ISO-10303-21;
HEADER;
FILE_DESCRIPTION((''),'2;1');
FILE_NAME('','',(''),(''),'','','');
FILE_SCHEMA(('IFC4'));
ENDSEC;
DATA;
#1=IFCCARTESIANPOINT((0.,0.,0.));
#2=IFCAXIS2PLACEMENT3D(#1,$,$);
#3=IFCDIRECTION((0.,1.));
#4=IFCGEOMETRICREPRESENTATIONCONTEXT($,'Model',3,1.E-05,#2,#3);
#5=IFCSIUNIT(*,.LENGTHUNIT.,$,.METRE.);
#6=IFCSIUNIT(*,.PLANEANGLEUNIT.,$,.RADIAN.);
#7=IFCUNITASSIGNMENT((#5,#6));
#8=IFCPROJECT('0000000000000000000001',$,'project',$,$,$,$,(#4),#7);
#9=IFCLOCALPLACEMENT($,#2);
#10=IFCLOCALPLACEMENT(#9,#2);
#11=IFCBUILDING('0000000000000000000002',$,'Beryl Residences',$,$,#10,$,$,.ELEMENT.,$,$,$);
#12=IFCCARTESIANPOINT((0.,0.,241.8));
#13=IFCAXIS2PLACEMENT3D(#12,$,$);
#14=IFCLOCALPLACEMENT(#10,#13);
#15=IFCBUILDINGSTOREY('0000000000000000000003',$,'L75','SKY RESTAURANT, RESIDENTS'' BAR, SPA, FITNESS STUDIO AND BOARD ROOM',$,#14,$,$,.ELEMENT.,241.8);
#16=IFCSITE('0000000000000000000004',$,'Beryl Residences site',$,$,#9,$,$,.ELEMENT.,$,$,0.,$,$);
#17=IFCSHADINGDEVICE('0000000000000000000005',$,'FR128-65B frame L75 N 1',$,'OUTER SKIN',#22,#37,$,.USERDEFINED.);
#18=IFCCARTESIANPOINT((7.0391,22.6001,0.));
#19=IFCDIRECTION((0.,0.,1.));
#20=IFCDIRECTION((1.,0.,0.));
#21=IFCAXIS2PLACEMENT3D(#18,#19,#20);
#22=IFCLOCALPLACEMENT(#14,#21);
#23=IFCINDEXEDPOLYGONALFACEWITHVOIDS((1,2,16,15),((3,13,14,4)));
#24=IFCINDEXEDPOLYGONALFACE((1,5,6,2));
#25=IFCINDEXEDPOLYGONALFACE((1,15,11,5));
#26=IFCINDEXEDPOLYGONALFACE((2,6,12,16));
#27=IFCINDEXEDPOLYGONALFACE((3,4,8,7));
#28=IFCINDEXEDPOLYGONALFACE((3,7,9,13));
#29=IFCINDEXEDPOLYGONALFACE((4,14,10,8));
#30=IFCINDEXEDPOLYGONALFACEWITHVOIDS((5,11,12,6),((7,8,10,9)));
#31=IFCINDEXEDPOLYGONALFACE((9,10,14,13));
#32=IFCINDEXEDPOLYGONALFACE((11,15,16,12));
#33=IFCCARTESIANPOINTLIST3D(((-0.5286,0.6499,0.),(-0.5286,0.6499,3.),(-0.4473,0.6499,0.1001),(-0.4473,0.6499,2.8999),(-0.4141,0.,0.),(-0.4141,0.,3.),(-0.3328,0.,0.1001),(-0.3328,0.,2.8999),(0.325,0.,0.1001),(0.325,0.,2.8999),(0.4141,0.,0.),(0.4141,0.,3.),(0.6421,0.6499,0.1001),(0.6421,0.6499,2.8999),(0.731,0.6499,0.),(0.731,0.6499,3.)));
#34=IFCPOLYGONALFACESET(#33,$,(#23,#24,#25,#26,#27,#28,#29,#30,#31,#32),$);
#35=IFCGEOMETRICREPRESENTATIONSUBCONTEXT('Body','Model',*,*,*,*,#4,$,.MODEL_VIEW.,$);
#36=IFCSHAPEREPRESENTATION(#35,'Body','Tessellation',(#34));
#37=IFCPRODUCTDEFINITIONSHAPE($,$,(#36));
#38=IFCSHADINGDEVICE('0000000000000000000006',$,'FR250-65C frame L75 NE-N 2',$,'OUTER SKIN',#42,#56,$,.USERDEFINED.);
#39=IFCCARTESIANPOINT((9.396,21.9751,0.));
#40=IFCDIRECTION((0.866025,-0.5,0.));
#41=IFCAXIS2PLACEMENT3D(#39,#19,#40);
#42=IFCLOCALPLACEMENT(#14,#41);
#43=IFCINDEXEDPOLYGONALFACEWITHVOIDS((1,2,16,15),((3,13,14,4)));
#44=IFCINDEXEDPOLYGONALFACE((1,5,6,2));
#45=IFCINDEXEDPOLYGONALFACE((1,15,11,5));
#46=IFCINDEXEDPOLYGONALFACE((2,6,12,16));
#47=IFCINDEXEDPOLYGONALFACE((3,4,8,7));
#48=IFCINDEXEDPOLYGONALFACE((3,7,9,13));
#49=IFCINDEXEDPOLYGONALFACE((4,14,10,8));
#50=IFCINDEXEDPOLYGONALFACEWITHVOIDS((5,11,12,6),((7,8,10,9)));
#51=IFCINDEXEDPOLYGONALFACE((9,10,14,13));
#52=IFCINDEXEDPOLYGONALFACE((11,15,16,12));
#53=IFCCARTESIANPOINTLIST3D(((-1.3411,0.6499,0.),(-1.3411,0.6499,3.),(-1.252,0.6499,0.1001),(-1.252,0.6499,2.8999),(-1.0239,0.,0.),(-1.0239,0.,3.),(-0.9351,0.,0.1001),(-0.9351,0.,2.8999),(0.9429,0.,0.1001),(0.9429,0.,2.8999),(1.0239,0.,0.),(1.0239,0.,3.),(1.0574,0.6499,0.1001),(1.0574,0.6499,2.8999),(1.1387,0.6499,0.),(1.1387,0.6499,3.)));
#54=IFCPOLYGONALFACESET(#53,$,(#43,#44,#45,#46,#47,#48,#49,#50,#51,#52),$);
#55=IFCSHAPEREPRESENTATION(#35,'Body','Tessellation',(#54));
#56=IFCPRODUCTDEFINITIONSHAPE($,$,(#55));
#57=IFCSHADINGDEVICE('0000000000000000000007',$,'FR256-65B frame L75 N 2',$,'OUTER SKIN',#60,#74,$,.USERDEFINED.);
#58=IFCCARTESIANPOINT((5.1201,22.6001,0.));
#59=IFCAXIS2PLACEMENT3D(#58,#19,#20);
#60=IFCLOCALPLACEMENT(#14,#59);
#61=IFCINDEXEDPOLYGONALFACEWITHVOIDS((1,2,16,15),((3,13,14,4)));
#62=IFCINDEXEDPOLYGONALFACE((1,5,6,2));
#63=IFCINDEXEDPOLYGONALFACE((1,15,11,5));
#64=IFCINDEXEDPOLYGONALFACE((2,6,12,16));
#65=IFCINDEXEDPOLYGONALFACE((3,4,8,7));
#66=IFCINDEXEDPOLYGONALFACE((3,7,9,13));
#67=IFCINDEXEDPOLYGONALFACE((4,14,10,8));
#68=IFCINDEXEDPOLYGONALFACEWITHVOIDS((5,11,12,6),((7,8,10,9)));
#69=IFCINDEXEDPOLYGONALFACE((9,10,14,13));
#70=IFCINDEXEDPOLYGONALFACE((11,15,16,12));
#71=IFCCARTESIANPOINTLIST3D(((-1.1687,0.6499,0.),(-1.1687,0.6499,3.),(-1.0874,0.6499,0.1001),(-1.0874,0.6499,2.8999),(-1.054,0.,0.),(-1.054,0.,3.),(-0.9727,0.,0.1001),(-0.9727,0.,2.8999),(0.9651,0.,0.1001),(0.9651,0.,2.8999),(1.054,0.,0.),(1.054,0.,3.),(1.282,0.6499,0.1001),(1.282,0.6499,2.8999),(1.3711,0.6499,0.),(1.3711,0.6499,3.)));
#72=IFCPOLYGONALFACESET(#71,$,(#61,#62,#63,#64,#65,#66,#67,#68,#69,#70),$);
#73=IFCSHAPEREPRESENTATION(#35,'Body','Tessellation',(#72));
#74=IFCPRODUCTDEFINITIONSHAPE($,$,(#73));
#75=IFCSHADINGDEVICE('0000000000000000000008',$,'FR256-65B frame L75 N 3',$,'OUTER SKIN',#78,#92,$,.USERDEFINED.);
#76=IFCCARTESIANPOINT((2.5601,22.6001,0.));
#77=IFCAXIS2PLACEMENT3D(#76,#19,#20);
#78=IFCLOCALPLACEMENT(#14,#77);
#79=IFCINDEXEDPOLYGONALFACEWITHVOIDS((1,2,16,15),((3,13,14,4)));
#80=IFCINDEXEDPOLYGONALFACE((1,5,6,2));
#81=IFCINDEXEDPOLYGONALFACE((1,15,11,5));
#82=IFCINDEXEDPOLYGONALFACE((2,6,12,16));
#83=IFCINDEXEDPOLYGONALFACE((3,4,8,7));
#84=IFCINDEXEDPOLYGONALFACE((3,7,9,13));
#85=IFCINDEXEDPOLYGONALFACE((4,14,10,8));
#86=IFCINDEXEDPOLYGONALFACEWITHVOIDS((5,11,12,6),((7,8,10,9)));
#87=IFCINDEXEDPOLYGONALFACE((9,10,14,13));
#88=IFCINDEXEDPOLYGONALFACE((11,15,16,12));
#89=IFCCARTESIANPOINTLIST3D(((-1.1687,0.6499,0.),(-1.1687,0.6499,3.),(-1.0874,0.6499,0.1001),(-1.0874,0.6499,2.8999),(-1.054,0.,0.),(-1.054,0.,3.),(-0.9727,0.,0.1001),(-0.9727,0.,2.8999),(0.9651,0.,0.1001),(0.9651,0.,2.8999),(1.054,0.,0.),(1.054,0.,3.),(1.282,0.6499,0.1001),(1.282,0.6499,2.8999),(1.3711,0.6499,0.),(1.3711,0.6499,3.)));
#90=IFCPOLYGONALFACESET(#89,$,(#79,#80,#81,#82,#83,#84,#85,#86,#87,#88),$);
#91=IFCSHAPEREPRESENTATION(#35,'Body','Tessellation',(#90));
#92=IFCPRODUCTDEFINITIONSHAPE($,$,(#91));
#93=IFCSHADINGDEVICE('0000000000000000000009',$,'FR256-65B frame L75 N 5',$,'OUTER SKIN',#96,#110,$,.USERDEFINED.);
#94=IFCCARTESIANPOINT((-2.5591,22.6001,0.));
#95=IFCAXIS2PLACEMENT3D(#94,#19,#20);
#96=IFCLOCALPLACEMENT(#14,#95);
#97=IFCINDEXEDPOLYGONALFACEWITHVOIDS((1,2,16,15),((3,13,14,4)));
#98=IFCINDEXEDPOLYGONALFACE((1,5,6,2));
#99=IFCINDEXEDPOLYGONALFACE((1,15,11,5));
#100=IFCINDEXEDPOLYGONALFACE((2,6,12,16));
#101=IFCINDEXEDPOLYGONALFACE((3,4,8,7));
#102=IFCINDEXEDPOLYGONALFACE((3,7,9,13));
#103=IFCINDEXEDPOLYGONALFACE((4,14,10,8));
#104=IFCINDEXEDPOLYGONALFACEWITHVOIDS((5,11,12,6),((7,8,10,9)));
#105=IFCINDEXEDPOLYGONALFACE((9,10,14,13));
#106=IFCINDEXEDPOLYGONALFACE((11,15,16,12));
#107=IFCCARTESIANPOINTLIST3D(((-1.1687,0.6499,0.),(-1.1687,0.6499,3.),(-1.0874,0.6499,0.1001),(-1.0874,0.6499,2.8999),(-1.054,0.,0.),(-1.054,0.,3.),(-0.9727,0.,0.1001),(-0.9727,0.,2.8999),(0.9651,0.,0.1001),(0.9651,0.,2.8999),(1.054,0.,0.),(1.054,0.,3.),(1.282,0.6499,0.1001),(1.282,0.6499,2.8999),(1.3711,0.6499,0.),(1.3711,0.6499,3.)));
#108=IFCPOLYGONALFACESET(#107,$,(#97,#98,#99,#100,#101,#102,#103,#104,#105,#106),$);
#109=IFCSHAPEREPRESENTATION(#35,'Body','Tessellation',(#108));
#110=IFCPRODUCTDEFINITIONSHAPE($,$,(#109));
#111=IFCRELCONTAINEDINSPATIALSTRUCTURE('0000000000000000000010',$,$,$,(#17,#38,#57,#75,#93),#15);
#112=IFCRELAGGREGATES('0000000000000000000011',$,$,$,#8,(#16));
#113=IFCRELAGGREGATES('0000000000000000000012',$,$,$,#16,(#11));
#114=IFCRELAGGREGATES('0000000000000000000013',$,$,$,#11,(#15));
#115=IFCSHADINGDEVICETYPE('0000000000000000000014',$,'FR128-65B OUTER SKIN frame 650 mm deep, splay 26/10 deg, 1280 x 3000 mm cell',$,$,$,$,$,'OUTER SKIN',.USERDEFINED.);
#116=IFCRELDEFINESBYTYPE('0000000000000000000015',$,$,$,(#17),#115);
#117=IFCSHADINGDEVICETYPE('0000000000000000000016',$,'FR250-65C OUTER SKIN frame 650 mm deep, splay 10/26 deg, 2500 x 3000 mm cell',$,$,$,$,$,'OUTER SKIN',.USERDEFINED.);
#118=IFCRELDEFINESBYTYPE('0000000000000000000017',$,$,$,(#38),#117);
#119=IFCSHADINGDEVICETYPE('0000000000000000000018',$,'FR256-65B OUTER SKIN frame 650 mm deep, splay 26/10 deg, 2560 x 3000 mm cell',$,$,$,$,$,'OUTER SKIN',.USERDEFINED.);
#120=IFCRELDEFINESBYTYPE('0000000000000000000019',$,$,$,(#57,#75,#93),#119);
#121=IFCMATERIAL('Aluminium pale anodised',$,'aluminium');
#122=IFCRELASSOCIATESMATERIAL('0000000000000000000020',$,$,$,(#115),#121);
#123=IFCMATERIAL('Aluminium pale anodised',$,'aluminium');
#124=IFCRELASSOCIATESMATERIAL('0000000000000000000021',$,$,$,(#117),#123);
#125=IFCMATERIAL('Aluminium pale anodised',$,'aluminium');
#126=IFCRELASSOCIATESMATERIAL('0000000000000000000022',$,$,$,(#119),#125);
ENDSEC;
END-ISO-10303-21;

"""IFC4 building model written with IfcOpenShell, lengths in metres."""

from ifc_helpers import new_model, entity, si_unit, direction, frame, origin, place, context, subcontext, project, spatial, source, transform, mapped, material, type_object, type_shapes, element, save


model = new_model("IFC4")

# Units and contexts
model_context = context("Model", 3, precision=1e-05, world=origin(), true_north=direction((0.0, 1.0)))
body_context = subcontext(model_context, "Body", "Model", "MODEL_VIEW")
ifc_project = project(units=[si_unit("LENGTHUNIT", "METRE"), si_unit("PLANEANGLEUNIT", "RADIAN")], contexts=[model_context])

# Site, building, storey
site_placement = place(None, origin())
site = spatial("IfcSite", under=ifc_project, at=site_placement, Name="Beryl Residences site", CompositionType="ELEMENT", RefElevation=0.0)
building_placement = place(site_placement, origin())
building = spatial("IfcBuilding", under=site, at=building_placement, Name="Beryl Residences", CompositionType="ELEMENT")
storey_placement = place(building_placement, frame((0.0, 0.0, 241.8)))
storey = spatial("IfcBuildingStorey", under=building, at=storey_placement, Name="L75", Description="SKY RESTAURANT, RESIDENTS' BAR, SPA, FITNESS STUDIO AND BOARD ROOM", CompositionType="ELEMENT", Elevation=241.8)

# Shading devices
ifc_material_1 = material(Name="Aluminium pale anodised", Category="aluminium")
shading_device_type_1 = type_object("IfcShadingDeviceType", Name="FR128-65B OUTER SKIN frame 650 mm deep, splay 26/10 deg, 1280 x 3000 mm cell", ElementType="OUTER SKIN", PredefinedType="USERDEFINED", material=ifc_material_1)
cartesian_point_1 = entity("IfcCartesianPoint", [-0.4141, 0.0])
cartesian_point_2 = entity("IfcCartesianPoint", [-0.325, 0.1001])
cartesian_point_3 = entity("IfcCartesianPoint", [-0.731, 0.0])
cartesian_point_4 = entity("IfcCartesianPoint", [-0.6421, 0.1001])
shared_shape_1 = source(origin(), body_context, "Body", "SweptSolid", [
    entity("IfcExtrudedAreaSolidTapered", entity("IfcArbitraryProfileDefWithVoids", "AREA", None, entity("IfcPolyline", [cartesian_point_1, entity("IfcCartesianPoint", [0.4141, 0.0]), entity("IfcCartesianPoint", [0.4141, 3.0]), entity("IfcCartesianPoint", [-0.4141, 3.0]), cartesian_point_1]), [entity("IfcPolyline", [cartesian_point_2, entity("IfcCartesianPoint", [0.3328, 0.1001]), entity("IfcCartesianPoint", [0.3328, 2.8999]), entity("IfcCartesianPoint", [-0.325, 2.8999]), cartesian_point_2])]), entity("IfcAxis2Placement3D", entity("IfcCartesianPoint", [0.0, 0.0, 0.0]), entity("IfcDirection", [0.0, 1.0, 0.0]), entity("IfcDirection", [-1.0, 0.0, 0.0])), entity("IfcDirection", [0.0, 0.0, 1.0]), 0.6499, entity("IfcArbitraryProfileDefWithVoids", "AREA", None, entity("IfcPolyline", [cartesian_point_3, entity("IfcCartesianPoint", [0.5286, 0.0]), entity("IfcCartesianPoint", [0.5286, 3.0]), entity("IfcCartesianPoint", [-0.731, 3.0]), cartesian_point_3]), [entity("IfcPolyline", [cartesian_point_4, entity("IfcCartesianPoint", [0.4473, 0.1001]), entity("IfcCartesianPoint", [0.4473, 2.8999]), entity("IfcCartesianPoint", [-0.6421, 2.8999]), cartesian_point_4])])),
])
type_shapes(shading_device_type_1, [shared_shape_1])
shading_device_1_placement = place(storey_placement, frame((7.0391, 22.6001, 0.0), z_axis=(0.0, 0.0, 1.0), x_axis=(1.0, 0.0, 0.0)))
element("IfcShadingDevice", 1, at=shading_device_1_placement, inside=storey, type_object=shading_device_type_1, Name="FR128-65B frame L75 N 1", ObjectType="OUTER SKIN", PredefinedType="USERDEFINED", context=body_context, shape_type="MappedRepresentation", body=[
    mapped(shared_shape_1, transform((0.0, 0.0, 0.0))),
])
ifc_material_2 = material(Name="Aluminium pale anodised", Category="aluminium")
shading_device_type_2 = type_object("IfcShadingDeviceType", Name="FR250-65C OUTER SKIN frame 650 mm deep, splay 10/26 deg, 2500 x 3000 mm cell", ElementType="OUTER SKIN", PredefinedType="USERDEFINED", material=ifc_material_2)
cartesian_point_5 = entity("IfcCartesianPoint", [-1.0239, 0.0])
cartesian_point_6 = entity("IfcCartesianPoint", [-0.9429, 0.1001])
cartesian_point_7 = entity("IfcCartesianPoint", [-1.1387, 0.0])
cartesian_point_8 = entity("IfcCartesianPoint", [-1.0574, 0.1001])
shared_shape_2 = source(origin(), body_context, "Body", "SweptSolid", [
    entity("IfcExtrudedAreaSolidTapered", entity("IfcArbitraryProfileDefWithVoids", "AREA", None, entity("IfcPolyline", [cartesian_point_5, entity("IfcCartesianPoint", [1.0239, 0.0]), entity("IfcCartesianPoint", [1.0239, 3.0]), entity("IfcCartesianPoint", [-1.0239, 3.0]), cartesian_point_5]), [entity("IfcPolyline", [cartesian_point_6, entity("IfcCartesianPoint", [0.9351, 0.1001]), entity("IfcCartesianPoint", [0.9351, 2.8999]), entity("IfcCartesianPoint", [-0.9429, 2.8999]), cartesian_point_6])]), entity("IfcAxis2Placement3D", entity("IfcCartesianPoint", [0.0, 0.0, 0.0]), entity("IfcDirection", [0.0, 1.0, 0.0]), entity("IfcDirection", [-1.0, 0.0, 0.0])), entity("IfcDirection", [0.0, 0.0, 1.0]), 0.6499, entity("IfcArbitraryProfileDefWithVoids", "AREA", None, entity("IfcPolyline", [cartesian_point_7, entity("IfcCartesianPoint", [1.3411, 0.0]), entity("IfcCartesianPoint", [1.3411, 3.0]), entity("IfcCartesianPoint", [-1.1387, 3.0]), cartesian_point_7]), [entity("IfcPolyline", [cartesian_point_8, entity("IfcCartesianPoint", [1.252, 0.1001]), entity("IfcCartesianPoint", [1.252, 2.8999]), entity("IfcCartesianPoint", [-1.0574, 2.8999]), cartesian_point_8])])),
])
type_shapes(shading_device_type_2, [shared_shape_2])
shading_device_2_placement = place(storey_placement, frame((9.396, 21.9751, 0.0), z_axis=(0.0, 0.0, 1.0), x_axis=(0.866025, -0.5, 0.0)))
element("IfcShadingDevice", 2, at=shading_device_2_placement, inside=storey, type_object=shading_device_type_2, Name="FR250-65C frame L75 NE-N 2", ObjectType="OUTER SKIN", PredefinedType="USERDEFINED", context=body_context, shape_type="MappedRepresentation", body=[
    mapped(shared_shape_2, transform((0.0, 0.0, 0.0))),
])
ifc_material_3 = material(Name="Aluminium pale anodised", Category="aluminium")
shading_device_type_3 = type_object("IfcShadingDeviceType", Name="FR256-65B OUTER SKIN frame 650 mm deep, splay 26/10 deg, 2560 x 3000 mm cell", ElementType="OUTER SKIN", PredefinedType="USERDEFINED", material=ifc_material_3)
cartesian_point_9 = entity("IfcCartesianPoint", [-1.054, 0.0])
cartesian_point_10 = entity("IfcCartesianPoint", [-0.9651, 0.1001])
cartesian_point_11 = entity("IfcCartesianPoint", [-1.3711, 0.0])
cartesian_point_12 = entity("IfcCartesianPoint", [-1.282, 0.1001])
shared_shape_3 = source(origin(), body_context, "Body", "SweptSolid", [
    entity("IfcExtrudedAreaSolidTapered", entity("IfcArbitraryProfileDefWithVoids", "AREA", None, entity("IfcPolyline", [cartesian_point_9, entity("IfcCartesianPoint", [1.054, 0.0]), entity("IfcCartesianPoint", [1.054, 3.0]), entity("IfcCartesianPoint", [-1.054, 3.0]), cartesian_point_9]), [entity("IfcPolyline", [cartesian_point_10, entity("IfcCartesianPoint", [0.9727, 0.1001]), entity("IfcCartesianPoint", [0.9727, 2.8999]), entity("IfcCartesianPoint", [-0.9651, 2.8999]), cartesian_point_10])]), entity("IfcAxis2Placement3D", entity("IfcCartesianPoint", [0.0, 0.0, 0.0]), entity("IfcDirection", [0.0, 1.0, 0.0]), entity("IfcDirection", [-1.0, 0.0, 0.0])), entity("IfcDirection", [0.0, 0.0, 1.0]), 0.6499, entity("IfcArbitraryProfileDefWithVoids", "AREA", None, entity("IfcPolyline", [cartesian_point_11, entity("IfcCartesianPoint", [1.1687, 0.0]), entity("IfcCartesianPoint", [1.1687, 3.0]), entity("IfcCartesianPoint", [-1.3711, 3.0]), cartesian_point_11]), [entity("IfcPolyline", [cartesian_point_12, entity("IfcCartesianPoint", [1.0874, 0.1001]), entity("IfcCartesianPoint", [1.0874, 2.8999]), entity("IfcCartesianPoint", [-1.282, 2.8999]), cartesian_point_12])])),
])
type_shapes(shading_device_type_3, [shared_shape_3])
for number, where, z_axis, x_axis, name in (
    (3, (5.1201, 22.6001, 0.0), (0.0, 0.0, 1.0), (1.0, 0.0, 0.0), "FR256-65B frame L75 N 2"),
    (4, (2.5601, 22.6001, 0.0), (0.0, 0.0, 1.0), (1.0, 0.0, 0.0), "FR256-65B frame L75 N 3"),
    (5, (-2.5591, 22.6001, 0.0), (0.0, 0.0, 1.0), (1.0, 0.0, 0.0), "FR256-65B frame L75 N 5"),
):
    element("IfcShadingDevice", number, at=place(storey_placement, frame(where, z_axis=z_axis, x_axis=x_axis)), inside=storey, type_object=shading_device_type_3, Name=name, ObjectType="OUTER SKIN", PredefinedType="USERDEFINED", context=body_context, shape_type="MappedRepresentation", body=[
        mapped(shared_shape_3, transform((0.0, 0.0, 0.0))),
    ])

save(model, "model.ifc")
